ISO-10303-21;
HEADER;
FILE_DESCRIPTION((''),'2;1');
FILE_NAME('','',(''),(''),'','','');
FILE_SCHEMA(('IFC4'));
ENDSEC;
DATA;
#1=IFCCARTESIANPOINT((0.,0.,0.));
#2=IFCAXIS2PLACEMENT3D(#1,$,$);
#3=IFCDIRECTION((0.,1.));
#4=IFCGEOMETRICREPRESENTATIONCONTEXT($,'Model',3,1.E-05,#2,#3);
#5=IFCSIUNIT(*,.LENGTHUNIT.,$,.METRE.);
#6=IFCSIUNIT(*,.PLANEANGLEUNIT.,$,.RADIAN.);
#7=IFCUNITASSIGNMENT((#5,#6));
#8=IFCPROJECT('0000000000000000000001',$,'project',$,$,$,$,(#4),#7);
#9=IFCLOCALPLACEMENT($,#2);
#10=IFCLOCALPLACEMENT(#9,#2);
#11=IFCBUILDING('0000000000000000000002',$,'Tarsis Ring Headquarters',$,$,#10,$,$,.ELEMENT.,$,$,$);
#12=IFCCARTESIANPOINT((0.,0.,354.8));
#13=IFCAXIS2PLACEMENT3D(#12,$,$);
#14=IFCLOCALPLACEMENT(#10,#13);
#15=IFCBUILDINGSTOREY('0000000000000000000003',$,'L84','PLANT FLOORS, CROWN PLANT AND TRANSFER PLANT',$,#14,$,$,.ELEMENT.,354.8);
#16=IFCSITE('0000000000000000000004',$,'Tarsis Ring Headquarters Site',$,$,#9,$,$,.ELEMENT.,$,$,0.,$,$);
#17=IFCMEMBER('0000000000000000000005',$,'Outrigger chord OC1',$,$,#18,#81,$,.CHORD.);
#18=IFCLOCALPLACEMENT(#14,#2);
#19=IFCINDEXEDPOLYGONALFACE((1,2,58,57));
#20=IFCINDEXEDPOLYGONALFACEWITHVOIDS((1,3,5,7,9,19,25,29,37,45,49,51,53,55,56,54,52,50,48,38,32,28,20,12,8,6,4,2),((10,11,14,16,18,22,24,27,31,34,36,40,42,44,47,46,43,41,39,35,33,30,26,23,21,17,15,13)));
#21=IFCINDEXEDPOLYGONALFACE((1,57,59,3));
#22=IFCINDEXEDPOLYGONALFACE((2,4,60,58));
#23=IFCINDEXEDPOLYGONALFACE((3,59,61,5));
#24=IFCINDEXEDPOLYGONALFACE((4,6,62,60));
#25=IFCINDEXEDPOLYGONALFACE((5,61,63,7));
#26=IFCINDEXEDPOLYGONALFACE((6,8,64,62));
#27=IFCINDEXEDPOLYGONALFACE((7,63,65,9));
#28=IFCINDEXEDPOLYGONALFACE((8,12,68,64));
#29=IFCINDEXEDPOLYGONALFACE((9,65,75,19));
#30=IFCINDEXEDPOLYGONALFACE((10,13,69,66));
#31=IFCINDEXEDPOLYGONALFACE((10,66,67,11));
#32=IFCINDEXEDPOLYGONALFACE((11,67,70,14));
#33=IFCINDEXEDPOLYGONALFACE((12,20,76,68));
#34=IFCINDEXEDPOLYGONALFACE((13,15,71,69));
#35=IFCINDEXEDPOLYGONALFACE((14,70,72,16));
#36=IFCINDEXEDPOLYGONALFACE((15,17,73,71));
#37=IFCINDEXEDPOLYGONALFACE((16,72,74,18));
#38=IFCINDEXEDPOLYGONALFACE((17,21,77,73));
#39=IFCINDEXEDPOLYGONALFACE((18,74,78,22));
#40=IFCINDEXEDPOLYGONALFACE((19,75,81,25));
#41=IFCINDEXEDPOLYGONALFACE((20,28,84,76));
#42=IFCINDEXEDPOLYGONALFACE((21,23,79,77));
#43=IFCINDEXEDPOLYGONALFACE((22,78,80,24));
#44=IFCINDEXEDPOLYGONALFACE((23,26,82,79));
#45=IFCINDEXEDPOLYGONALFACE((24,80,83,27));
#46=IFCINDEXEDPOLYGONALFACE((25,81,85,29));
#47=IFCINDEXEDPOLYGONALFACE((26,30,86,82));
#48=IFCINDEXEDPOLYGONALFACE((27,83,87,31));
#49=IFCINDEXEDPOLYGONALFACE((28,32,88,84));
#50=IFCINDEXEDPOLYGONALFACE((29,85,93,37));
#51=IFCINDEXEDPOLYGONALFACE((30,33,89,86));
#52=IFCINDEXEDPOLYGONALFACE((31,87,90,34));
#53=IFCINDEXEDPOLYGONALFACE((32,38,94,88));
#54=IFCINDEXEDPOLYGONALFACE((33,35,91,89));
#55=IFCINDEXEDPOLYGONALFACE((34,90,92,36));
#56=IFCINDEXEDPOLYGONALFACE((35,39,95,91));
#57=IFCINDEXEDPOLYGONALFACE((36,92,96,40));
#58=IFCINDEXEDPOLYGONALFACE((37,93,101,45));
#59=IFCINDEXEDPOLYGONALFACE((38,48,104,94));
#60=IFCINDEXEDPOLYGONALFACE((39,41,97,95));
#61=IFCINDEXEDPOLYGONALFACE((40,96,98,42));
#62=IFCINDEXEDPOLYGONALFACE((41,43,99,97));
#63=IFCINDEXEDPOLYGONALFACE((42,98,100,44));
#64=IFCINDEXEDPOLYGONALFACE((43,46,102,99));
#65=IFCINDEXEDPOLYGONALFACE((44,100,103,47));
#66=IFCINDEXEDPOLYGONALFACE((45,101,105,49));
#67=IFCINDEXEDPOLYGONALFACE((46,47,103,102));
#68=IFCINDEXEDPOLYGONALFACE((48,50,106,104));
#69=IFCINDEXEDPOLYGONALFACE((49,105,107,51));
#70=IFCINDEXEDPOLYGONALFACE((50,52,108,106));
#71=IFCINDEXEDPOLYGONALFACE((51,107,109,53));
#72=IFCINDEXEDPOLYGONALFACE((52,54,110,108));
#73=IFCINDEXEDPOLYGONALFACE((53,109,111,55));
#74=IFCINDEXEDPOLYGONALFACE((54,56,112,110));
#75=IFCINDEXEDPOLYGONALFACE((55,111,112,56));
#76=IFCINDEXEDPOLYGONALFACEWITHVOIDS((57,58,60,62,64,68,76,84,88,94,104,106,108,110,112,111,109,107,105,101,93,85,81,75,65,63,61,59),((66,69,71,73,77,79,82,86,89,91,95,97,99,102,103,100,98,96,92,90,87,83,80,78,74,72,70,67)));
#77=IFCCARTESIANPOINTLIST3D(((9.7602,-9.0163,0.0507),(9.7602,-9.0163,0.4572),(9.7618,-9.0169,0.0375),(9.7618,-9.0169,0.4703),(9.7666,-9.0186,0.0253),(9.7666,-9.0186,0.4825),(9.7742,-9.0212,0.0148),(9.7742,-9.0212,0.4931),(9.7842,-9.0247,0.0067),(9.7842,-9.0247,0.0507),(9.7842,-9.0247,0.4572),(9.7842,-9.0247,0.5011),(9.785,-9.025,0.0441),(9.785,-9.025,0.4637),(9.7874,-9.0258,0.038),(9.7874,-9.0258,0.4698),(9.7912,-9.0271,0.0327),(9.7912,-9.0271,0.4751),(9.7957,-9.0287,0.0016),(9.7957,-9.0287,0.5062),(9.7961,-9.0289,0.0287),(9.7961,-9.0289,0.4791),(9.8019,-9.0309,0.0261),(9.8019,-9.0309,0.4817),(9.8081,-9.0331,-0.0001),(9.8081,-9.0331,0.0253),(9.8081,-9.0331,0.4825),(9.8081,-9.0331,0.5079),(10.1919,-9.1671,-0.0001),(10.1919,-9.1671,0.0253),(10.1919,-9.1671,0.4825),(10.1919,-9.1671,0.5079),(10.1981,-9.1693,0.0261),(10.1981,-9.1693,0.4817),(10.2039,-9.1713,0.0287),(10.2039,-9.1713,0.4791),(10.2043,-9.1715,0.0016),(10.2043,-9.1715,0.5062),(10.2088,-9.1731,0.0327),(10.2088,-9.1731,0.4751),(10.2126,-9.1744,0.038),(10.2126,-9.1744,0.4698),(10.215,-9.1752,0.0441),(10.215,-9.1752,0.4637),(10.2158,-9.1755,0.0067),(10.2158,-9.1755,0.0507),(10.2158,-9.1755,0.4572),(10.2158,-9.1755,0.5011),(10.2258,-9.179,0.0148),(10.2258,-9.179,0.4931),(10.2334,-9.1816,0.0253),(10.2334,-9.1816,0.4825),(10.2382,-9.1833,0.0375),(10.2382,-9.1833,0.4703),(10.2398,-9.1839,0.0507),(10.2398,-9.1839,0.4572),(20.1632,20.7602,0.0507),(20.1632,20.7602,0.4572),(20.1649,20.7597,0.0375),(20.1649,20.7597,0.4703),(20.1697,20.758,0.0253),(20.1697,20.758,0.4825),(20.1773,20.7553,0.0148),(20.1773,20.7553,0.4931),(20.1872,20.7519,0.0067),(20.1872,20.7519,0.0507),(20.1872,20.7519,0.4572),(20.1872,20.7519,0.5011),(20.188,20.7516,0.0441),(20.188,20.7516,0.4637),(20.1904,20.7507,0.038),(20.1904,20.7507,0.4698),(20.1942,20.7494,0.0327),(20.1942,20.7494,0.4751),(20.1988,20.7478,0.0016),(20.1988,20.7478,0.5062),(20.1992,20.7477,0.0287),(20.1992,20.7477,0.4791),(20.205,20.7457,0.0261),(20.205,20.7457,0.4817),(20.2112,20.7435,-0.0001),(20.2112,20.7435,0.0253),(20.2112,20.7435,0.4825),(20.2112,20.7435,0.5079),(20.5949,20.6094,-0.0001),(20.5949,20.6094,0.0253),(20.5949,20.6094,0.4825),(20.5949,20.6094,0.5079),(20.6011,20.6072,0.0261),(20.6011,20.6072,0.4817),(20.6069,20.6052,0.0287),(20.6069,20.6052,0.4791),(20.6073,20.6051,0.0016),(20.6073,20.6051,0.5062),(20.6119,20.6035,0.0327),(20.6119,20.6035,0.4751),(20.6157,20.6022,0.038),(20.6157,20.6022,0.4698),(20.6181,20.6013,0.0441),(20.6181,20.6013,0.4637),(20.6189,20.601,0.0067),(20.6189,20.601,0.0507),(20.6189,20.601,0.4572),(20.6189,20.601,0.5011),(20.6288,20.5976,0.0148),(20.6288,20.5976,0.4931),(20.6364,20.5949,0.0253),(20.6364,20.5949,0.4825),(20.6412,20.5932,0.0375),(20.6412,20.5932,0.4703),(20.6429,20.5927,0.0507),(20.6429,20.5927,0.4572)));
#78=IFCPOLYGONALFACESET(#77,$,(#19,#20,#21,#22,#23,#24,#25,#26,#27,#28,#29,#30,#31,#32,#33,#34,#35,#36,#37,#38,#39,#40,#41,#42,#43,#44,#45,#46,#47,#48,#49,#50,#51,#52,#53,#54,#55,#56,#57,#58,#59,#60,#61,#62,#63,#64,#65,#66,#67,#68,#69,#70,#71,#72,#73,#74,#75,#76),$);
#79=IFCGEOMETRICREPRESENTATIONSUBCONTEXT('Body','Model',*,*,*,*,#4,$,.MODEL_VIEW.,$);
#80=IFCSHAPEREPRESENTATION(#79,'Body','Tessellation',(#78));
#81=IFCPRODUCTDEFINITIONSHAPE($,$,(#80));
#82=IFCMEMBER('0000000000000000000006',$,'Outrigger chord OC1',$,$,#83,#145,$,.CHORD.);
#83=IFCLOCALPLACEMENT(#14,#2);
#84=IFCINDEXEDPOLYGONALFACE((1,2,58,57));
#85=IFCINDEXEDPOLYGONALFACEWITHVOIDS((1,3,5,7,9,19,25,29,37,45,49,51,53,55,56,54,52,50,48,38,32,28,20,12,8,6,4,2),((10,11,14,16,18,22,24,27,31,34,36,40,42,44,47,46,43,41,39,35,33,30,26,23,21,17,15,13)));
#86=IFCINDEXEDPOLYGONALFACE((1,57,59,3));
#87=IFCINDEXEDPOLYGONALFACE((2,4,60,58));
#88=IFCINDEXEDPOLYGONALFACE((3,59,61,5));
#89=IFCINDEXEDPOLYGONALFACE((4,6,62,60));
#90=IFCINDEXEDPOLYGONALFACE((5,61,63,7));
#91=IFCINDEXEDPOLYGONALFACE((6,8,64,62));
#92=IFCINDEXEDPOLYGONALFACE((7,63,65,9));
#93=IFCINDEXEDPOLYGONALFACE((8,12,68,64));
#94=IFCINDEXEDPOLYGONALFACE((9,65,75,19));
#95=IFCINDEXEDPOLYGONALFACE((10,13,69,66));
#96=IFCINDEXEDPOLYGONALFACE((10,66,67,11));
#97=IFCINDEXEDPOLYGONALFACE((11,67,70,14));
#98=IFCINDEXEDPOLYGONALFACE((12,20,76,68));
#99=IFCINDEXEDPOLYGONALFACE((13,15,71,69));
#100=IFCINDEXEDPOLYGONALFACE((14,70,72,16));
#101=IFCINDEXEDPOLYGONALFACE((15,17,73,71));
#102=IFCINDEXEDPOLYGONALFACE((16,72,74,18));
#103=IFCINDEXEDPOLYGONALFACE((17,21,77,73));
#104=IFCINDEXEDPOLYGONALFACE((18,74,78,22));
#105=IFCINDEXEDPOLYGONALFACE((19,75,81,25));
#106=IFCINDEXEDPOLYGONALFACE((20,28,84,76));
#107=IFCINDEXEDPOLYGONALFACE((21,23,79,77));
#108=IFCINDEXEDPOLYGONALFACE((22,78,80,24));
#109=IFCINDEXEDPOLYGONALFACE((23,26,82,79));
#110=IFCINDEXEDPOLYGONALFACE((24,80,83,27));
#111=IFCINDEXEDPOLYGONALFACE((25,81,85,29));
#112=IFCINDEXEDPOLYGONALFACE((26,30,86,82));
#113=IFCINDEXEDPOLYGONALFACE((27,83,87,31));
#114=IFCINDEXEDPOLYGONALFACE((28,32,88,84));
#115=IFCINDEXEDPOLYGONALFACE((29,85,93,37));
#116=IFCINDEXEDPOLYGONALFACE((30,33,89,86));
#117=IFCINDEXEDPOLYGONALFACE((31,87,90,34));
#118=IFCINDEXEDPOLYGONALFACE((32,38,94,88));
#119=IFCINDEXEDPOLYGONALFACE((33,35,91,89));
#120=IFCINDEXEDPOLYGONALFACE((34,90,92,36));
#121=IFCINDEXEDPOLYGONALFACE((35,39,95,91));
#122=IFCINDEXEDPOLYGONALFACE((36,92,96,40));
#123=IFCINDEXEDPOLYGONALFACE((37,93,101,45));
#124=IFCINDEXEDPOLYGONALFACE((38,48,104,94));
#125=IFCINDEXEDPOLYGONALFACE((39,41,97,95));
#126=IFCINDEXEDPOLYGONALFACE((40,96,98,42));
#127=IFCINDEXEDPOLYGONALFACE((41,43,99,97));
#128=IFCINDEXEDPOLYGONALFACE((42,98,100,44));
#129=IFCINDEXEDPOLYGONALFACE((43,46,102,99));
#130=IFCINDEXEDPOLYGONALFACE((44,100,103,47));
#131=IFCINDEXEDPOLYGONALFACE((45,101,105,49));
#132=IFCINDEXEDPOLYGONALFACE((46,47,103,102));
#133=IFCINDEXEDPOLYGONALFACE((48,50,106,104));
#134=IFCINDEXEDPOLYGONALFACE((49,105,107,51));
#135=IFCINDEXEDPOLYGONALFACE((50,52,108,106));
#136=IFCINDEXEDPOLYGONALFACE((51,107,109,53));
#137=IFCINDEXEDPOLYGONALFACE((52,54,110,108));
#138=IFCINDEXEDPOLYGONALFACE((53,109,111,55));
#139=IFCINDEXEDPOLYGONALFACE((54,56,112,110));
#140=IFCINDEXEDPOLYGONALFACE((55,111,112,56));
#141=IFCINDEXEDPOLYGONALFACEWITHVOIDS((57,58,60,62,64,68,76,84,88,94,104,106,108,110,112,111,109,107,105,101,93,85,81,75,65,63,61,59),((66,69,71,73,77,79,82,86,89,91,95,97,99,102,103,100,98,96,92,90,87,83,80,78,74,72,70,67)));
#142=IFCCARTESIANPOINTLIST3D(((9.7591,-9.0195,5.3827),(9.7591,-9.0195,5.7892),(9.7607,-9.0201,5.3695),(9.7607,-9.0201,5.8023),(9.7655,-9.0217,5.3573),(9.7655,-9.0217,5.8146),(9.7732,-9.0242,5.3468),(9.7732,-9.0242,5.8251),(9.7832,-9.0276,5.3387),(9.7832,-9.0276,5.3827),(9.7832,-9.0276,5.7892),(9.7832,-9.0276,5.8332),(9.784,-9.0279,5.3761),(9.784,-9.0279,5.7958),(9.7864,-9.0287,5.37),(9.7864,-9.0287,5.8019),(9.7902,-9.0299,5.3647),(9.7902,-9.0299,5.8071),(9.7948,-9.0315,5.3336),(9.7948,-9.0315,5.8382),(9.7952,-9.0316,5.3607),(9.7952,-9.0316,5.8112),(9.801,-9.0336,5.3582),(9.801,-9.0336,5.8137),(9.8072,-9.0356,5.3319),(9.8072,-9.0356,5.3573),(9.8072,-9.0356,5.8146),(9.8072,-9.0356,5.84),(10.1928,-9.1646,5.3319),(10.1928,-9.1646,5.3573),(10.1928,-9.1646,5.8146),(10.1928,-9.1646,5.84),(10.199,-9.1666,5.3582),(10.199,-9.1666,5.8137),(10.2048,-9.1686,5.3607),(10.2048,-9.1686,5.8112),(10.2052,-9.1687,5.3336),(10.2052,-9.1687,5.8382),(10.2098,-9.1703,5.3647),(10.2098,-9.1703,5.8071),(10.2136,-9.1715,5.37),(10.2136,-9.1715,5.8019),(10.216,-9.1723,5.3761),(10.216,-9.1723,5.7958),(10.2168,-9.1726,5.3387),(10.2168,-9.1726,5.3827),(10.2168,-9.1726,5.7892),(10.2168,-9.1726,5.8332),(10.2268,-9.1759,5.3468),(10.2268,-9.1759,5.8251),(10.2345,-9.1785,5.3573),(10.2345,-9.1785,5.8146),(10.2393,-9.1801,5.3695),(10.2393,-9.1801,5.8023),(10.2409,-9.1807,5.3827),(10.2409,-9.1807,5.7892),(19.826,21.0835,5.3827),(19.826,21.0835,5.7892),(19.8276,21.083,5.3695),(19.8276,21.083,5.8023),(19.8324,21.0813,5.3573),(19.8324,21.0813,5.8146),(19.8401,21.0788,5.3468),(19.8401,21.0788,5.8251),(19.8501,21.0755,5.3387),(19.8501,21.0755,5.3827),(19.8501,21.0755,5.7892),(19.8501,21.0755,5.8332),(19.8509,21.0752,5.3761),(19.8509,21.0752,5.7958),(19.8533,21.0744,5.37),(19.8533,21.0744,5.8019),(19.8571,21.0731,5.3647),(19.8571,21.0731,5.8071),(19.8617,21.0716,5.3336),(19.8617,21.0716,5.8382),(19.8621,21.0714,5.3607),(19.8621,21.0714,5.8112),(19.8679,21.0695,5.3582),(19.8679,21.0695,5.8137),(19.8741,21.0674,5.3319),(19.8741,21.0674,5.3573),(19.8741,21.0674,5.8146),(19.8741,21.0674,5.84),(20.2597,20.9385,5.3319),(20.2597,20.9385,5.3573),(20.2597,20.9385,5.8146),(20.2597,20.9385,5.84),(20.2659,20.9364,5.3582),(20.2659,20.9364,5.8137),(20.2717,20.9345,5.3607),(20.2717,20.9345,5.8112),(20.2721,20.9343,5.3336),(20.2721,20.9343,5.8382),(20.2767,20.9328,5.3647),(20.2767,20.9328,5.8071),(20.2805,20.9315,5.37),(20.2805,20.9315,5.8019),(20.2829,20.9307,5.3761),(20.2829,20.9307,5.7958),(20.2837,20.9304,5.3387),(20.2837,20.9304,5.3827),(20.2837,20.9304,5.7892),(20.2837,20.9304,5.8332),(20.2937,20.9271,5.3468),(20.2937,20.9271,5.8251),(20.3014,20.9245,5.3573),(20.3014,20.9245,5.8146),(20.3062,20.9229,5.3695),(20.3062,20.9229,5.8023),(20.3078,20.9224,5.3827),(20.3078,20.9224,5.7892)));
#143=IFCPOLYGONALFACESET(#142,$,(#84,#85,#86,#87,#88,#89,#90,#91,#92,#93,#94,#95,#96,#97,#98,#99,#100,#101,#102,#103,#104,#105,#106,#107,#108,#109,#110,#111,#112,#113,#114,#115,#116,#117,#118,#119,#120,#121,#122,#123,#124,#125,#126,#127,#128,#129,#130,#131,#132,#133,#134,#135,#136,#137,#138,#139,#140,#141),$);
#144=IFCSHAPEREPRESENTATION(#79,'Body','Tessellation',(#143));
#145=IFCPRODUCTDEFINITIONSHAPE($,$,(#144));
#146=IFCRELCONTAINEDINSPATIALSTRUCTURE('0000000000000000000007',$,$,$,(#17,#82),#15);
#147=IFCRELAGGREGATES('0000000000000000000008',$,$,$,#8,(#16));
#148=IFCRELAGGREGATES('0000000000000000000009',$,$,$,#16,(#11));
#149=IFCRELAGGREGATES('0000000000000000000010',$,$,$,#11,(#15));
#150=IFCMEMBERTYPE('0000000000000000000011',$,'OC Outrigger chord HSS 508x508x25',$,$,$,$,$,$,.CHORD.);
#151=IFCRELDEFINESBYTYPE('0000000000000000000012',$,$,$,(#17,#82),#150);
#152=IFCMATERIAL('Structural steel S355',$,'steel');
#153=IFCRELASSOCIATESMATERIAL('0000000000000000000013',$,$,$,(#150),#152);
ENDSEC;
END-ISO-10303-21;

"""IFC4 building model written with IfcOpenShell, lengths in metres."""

from ifc_helpers import new_model, si_unit, direction, frame, origin, origin_2d, place, context, subcontext, project, spatial, hollow_rectangle, extrude, material, material_profile, profile_set, type_object, element, save


model = new_model("IFC4")

# Units and contexts
model_context = context("Model", 3, precision=1e-05, world=origin(), true_north=direction((0.0, 1.0)))
body_context = subcontext(model_context, "Body", "Model", "MODEL_VIEW")
ifc_project = project(units=[si_unit("LENGTHUNIT", "METRE"), si_unit("PLANEANGLEUNIT", "RADIAN")], contexts=[model_context])

# Site, building, storey
site_placement = place(None, origin())
site = spatial("IfcSite", under=ifc_project, at=site_placement, Name="Tarsis Ring Headquarters Site", CompositionType="ELEMENT", RefElevation=0.0)
building_placement = place(site_placement, origin())
building = spatial("IfcBuilding", under=site, at=building_placement, Name="Tarsis Ring Headquarters", CompositionType="ELEMENT")
storey_placement = place(building_placement, frame((0.0, 0.0, 354.8)))
storey = spatial("IfcBuildingStorey", under=building, at=storey_placement, Name="L84", Description="PLANT FLOORS, CROWN PLANT AND TRANSFER PLANT", CompositionType="ELEMENT", Elevation=354.8)

# Shared definitions
ifc_material_1 = material(Name="Structural steel S355", Category="steel")

# Members
ifc_material_profile_1 = material_profile(ifc_material_1, hollow_rectangle(XDim=0.5081, YDim=0.5081, WallThickness=0.0254, InnerFilletRadius=0.0254, OuterFilletRadius=0.0508, at=origin_2d()), Name="HSS 508x508x25")
ifc_profile_set_1 = profile_set([ifc_material_profile_1], Name="Structural steel S355")
member_type_1 = type_object("IfcMemberType", Name="OC Outrigger chord HSS 508x508x25", PredefinedType="CHORD", material=ifc_profile_set_1)
member_1_placement = place(storey_placement, frame((10.0, -9.1001, 0.2539), z_axis=(0.329821, 0.944043, 0.0), x_axis=(-0.944043, 0.329821, 0.0)))
element("IfcMember", 1, at=member_1_placement, inside=storey, type_object=member_type_1, Name="Outrigger chord OC1", PredefinedType="CHORD", context=body_context, shape_type="SweptSolid", body=[
    extrude(hollow_rectangle(XDim=0.5081, YDim=0.5081, WallThickness=0.0254, InnerFilletRadius=0.0254, OuterFilletRadius=0.0508, at=origin_2d()), origin(), (0.0, 0.0, 1.0), 31.5415),
])
member_2_placement = place(storey_placement, frame((10.0, -9.1001, 5.5859), z_axis=(0.317151, 0.948375, 0.0), x_axis=(-0.948375, 0.317151, 0.0)))
element("IfcMember", 2, at=member_2_placement, inside=storey, type_object=member_type_1, Name="Outrigger chord OC1", PredefinedType="CHORD", context=body_context, shape_type="SweptSolid", body=[
    extrude(hollow_rectangle(XDim=0.5081, YDim=0.5081, WallThickness=0.0254, InnerFilletRadius=0.0254, OuterFilletRadius=0.0508, at=origin_2d()), origin(), (0.0, 0.0, 1.0), 31.7417),
])

save(model, "model.ifc")
